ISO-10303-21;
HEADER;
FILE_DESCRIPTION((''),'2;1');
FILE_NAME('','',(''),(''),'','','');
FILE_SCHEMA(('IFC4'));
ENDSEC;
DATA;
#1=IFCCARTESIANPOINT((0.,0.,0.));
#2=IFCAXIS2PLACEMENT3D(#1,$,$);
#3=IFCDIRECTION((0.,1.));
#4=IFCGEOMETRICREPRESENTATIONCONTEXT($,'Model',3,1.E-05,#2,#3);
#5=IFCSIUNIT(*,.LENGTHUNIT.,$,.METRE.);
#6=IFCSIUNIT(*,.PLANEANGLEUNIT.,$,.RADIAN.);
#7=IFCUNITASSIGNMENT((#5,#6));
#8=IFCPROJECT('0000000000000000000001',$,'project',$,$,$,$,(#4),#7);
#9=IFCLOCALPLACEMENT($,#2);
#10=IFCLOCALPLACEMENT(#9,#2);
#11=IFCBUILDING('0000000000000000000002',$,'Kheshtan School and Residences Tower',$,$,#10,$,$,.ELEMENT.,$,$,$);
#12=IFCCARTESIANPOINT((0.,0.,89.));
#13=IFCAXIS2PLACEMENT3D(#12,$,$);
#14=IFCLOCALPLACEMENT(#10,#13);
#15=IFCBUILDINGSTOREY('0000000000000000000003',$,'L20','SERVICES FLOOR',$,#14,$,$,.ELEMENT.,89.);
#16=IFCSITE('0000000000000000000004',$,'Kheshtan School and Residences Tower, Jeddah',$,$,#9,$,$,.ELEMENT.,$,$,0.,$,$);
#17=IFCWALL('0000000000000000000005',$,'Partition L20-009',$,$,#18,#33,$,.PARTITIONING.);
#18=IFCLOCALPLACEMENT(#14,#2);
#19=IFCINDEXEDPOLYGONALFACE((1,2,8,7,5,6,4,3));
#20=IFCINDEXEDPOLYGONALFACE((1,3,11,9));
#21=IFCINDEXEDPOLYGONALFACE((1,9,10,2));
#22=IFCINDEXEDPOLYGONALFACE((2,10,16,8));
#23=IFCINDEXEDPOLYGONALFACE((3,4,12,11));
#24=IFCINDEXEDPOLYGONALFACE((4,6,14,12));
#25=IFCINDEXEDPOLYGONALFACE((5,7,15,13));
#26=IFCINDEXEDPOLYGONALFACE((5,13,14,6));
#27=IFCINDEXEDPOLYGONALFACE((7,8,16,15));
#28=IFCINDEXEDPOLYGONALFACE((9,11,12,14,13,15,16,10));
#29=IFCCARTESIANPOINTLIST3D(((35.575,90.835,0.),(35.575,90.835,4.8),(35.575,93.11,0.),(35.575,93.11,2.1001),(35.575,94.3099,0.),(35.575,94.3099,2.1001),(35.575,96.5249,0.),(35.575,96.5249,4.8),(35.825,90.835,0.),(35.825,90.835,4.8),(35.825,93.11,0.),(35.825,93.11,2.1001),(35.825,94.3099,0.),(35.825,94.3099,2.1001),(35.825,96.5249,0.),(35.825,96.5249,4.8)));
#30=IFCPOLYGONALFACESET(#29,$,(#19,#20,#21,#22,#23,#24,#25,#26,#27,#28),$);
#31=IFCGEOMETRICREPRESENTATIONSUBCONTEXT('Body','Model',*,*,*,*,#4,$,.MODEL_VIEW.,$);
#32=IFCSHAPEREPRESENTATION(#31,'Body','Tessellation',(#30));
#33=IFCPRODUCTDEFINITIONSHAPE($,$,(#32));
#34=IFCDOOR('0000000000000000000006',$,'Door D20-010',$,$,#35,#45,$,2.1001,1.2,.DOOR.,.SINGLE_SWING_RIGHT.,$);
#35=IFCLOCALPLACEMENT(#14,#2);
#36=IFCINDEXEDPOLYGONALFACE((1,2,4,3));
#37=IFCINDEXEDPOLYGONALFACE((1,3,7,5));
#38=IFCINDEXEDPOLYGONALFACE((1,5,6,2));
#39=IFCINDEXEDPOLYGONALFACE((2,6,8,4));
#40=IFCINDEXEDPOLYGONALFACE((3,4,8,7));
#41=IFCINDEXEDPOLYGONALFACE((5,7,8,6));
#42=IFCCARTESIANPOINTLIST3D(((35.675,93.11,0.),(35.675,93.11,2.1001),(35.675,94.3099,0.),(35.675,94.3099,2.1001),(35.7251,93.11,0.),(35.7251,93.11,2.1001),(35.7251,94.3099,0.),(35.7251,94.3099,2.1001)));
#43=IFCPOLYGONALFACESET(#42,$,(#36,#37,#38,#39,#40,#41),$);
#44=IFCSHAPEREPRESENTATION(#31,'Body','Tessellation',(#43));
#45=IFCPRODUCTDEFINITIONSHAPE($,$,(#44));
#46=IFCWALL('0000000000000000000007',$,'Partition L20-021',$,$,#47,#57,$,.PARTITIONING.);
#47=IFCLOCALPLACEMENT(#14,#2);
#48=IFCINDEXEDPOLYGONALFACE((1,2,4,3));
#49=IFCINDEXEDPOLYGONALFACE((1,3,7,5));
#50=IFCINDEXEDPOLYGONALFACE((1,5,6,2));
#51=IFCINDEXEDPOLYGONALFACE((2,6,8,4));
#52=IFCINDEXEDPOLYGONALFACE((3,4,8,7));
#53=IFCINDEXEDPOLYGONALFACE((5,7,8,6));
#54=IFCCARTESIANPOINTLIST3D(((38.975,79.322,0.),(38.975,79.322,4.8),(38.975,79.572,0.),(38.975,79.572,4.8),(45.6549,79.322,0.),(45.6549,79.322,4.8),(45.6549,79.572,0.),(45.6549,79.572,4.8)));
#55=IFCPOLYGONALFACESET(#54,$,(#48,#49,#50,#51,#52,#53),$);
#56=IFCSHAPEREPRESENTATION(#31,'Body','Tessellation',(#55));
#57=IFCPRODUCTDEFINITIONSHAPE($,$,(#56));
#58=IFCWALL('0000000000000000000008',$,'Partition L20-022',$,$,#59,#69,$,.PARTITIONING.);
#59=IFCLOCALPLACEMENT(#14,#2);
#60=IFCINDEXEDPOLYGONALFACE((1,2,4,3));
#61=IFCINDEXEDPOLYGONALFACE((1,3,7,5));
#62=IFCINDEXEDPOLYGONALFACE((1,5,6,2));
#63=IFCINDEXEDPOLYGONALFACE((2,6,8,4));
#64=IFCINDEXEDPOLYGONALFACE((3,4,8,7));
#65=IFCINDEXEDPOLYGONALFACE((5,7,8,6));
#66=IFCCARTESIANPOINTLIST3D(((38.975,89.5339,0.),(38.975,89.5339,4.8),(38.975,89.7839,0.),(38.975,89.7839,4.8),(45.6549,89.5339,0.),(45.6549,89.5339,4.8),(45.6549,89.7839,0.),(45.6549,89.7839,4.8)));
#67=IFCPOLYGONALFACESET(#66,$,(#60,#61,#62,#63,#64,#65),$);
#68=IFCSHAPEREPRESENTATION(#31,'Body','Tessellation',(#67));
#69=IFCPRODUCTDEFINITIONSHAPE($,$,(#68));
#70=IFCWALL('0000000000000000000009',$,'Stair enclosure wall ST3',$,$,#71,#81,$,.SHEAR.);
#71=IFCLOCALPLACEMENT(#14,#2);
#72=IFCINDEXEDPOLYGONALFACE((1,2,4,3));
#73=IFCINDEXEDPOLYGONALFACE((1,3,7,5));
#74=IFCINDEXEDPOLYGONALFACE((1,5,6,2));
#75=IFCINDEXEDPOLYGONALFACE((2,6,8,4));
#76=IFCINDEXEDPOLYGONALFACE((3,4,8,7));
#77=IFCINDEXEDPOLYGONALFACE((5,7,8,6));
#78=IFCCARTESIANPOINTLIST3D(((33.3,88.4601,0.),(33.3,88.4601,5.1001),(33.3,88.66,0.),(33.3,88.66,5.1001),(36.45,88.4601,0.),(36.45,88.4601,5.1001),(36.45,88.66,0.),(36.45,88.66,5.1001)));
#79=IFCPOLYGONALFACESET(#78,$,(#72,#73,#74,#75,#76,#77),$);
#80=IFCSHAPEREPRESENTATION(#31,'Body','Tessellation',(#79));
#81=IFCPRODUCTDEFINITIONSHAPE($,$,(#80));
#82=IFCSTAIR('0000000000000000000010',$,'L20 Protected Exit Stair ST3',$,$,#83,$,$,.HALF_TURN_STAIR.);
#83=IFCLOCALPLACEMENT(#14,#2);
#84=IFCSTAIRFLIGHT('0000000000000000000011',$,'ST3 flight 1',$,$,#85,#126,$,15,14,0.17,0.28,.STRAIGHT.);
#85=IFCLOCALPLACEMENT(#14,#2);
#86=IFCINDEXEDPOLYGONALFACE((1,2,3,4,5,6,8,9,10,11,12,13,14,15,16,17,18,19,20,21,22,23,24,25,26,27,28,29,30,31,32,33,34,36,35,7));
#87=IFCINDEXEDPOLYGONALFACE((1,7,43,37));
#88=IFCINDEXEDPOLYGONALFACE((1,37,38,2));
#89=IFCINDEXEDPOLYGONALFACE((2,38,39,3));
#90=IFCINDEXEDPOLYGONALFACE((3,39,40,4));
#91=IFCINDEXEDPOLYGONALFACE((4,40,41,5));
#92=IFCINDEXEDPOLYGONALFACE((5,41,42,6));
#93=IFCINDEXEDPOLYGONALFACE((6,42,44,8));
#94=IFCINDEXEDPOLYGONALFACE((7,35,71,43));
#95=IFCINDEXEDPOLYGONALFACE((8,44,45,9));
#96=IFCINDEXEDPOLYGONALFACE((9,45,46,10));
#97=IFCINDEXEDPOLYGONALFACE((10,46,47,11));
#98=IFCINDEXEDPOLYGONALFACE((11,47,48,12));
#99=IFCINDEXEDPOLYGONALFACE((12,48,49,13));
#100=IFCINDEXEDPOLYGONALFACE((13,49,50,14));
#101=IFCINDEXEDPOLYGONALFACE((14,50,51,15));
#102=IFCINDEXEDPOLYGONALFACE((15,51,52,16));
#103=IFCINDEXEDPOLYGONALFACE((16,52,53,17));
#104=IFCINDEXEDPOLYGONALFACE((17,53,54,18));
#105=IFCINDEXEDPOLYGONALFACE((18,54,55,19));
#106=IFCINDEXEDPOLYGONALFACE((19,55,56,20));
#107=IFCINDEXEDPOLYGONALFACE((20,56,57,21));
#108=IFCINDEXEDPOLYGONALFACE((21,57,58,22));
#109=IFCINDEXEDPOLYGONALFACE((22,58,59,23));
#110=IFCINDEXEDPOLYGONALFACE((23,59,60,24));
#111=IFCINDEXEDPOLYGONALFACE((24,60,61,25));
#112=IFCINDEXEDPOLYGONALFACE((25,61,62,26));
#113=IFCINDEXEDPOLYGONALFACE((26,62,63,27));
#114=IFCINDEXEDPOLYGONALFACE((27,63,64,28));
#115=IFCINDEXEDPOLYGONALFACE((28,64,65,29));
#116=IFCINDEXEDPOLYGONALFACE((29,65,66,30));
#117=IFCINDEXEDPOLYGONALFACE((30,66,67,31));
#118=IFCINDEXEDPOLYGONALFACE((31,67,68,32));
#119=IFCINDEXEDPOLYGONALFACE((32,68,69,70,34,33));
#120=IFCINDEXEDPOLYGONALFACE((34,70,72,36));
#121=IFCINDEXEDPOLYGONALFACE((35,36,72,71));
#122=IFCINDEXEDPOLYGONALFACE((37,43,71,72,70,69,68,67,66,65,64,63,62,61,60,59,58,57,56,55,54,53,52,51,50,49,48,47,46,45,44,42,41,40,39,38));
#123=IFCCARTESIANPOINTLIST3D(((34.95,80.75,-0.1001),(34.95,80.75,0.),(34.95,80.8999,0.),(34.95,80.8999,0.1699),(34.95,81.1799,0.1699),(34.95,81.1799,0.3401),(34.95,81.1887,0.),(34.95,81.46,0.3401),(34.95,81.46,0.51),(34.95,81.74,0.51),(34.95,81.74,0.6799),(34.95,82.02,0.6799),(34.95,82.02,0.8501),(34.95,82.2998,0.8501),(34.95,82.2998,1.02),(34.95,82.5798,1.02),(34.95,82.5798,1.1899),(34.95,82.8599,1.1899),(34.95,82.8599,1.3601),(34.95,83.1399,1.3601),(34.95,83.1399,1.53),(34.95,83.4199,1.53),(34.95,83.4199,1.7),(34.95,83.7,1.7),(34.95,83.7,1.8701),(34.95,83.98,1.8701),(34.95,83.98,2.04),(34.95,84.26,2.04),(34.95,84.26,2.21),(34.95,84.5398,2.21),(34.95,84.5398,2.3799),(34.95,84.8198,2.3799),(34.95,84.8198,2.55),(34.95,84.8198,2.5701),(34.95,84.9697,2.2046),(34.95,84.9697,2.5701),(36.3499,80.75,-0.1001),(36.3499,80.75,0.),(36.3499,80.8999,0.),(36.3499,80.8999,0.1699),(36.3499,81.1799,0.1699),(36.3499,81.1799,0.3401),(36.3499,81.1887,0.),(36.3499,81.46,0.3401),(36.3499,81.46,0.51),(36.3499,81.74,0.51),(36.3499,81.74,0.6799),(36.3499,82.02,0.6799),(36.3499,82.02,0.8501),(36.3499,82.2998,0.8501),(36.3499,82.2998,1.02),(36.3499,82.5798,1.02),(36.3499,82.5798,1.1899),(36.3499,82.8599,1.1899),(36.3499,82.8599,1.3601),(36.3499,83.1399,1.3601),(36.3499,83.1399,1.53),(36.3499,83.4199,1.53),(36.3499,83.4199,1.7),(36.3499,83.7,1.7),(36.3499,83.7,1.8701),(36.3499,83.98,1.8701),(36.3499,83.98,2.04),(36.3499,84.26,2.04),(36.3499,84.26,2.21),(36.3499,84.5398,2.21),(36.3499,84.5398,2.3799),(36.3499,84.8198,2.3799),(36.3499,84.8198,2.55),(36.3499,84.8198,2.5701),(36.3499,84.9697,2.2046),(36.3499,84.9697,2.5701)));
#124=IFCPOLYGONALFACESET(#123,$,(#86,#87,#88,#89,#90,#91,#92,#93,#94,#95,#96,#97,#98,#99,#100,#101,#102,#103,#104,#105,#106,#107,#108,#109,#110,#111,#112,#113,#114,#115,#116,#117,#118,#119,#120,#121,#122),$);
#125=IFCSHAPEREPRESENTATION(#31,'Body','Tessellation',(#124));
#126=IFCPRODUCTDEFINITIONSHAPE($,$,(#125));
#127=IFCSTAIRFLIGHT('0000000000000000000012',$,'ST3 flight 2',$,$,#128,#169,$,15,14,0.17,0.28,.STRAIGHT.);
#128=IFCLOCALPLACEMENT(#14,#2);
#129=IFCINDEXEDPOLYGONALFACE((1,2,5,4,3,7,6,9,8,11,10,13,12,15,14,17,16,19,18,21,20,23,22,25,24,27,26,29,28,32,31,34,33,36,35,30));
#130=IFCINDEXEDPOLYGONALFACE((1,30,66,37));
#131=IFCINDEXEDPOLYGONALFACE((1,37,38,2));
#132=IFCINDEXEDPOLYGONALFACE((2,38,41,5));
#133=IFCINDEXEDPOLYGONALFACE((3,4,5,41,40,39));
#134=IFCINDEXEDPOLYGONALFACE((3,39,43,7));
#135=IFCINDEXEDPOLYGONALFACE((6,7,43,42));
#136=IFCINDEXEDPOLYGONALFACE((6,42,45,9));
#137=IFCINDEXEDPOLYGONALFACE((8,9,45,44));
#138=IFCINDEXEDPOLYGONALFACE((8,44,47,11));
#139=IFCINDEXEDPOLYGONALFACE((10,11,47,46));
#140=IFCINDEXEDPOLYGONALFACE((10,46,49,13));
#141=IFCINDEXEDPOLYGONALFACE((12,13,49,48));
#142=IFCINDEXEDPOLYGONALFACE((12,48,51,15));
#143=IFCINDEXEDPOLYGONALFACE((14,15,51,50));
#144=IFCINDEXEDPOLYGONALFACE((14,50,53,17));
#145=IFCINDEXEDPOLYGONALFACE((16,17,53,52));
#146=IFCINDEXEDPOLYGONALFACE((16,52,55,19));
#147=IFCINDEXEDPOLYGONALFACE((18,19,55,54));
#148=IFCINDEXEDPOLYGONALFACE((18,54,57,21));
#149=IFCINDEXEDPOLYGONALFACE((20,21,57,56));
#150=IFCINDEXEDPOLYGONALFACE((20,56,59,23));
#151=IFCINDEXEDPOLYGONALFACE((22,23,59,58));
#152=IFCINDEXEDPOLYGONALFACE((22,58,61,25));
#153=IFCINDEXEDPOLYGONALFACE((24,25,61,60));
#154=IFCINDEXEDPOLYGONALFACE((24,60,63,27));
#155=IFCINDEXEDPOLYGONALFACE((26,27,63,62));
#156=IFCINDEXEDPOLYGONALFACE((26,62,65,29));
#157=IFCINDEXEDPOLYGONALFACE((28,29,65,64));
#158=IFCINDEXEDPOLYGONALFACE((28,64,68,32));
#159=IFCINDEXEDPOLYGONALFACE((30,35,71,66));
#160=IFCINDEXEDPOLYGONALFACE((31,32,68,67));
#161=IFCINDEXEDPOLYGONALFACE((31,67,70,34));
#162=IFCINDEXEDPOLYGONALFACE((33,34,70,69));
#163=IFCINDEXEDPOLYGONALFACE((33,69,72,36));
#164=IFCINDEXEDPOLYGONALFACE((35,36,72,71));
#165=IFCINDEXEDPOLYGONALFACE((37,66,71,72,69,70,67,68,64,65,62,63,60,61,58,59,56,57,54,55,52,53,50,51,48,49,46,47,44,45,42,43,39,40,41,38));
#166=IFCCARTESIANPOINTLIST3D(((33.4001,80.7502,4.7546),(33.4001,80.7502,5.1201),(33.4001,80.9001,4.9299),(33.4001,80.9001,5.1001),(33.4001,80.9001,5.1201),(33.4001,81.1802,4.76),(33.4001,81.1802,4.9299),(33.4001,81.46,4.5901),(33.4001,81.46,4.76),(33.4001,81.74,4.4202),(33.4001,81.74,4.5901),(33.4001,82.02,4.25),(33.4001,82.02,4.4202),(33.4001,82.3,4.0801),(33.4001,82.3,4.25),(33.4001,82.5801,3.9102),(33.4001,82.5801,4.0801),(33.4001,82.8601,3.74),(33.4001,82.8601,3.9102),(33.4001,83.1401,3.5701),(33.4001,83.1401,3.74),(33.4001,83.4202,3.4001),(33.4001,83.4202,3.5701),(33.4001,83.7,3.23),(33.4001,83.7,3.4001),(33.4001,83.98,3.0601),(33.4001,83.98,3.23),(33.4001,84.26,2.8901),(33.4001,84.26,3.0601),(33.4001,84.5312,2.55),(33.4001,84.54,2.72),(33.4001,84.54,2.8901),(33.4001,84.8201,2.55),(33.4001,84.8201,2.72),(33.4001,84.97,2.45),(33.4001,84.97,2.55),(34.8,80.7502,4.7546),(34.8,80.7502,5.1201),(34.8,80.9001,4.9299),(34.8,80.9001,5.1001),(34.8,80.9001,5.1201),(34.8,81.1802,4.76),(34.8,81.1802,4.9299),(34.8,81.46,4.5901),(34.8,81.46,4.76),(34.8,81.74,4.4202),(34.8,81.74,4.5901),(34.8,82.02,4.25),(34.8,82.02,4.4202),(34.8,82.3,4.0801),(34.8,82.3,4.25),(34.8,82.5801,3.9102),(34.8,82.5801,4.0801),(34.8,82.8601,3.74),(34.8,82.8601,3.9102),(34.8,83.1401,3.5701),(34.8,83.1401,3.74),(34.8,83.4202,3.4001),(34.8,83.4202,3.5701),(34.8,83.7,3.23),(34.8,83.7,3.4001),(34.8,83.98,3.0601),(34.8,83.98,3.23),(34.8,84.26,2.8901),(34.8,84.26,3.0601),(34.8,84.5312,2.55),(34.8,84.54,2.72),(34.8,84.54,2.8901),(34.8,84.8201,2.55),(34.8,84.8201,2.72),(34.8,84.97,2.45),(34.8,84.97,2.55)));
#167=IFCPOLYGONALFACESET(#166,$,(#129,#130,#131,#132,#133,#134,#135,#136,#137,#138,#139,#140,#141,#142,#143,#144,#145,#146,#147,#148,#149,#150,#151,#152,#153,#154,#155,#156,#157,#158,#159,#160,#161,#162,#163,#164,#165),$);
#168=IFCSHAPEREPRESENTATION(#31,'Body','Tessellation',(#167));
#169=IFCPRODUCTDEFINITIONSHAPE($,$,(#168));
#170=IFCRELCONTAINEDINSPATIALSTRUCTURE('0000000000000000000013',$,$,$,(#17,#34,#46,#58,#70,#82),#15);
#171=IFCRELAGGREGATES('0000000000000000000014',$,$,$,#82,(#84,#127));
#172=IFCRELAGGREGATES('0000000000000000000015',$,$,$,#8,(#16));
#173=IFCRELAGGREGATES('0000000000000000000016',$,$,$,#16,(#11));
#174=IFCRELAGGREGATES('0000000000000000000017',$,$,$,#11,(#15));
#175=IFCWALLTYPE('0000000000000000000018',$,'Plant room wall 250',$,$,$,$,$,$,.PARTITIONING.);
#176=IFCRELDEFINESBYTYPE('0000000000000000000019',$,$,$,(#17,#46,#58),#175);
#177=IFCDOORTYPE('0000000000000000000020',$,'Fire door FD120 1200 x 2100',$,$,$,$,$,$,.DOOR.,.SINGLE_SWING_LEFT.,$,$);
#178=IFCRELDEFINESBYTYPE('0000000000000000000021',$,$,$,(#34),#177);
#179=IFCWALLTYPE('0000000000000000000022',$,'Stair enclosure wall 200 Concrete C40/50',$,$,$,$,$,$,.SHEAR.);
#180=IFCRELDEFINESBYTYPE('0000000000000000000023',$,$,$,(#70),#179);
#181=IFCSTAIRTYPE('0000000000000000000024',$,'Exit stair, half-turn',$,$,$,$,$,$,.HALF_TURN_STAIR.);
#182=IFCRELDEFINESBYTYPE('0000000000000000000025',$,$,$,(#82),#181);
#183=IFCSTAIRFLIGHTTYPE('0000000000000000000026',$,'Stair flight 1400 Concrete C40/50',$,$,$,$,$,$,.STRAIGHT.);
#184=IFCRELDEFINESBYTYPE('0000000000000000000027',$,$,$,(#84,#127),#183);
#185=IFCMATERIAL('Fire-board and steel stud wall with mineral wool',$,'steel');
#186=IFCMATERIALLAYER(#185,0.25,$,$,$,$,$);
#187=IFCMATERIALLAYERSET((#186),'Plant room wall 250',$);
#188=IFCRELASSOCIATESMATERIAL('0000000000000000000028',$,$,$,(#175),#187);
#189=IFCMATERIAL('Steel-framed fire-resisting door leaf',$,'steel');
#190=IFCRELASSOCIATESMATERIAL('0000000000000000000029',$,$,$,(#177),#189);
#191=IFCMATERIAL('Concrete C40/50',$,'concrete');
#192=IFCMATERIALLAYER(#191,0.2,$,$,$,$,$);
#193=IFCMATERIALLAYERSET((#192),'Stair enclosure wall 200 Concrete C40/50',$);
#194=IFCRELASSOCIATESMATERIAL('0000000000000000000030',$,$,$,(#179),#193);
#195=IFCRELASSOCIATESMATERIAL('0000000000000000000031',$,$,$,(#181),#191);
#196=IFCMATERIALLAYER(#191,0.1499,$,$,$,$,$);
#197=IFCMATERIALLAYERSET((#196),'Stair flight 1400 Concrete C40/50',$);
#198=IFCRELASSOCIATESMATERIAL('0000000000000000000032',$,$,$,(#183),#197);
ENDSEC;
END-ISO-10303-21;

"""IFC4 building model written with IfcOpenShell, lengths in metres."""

from ifc_helpers import new_model, si_unit, direction, frame, frame_2d, origin, place, context, subcontext, project, spatial, polyline, rectangle, outline, extrude, source, transform, mapped, material, layer, layer_set, type_object, element, fill, aggregate, save


model = new_model("IFC4")

# Units and contexts
model_context = context("Model", 3, precision=1e-05, world=origin(), true_north=direction((0.0, 1.0)))
body_context = subcontext(model_context, "Body", "Model", "MODEL_VIEW")
ifc_project = project(units=[si_unit("LENGTHUNIT", "METRE"), si_unit("PLANEANGLEUNIT", "RADIAN")], contexts=[model_context])

# Site, building, storey
site_placement = place(None, origin())
site = spatial("IfcSite", under=ifc_project, at=site_placement, Name="Kheshtan School and Residences Tower, Jeddah", CompositionType="ELEMENT", RefElevation=0.0)
building_placement = place(site_placement, origin())
building = spatial("IfcBuilding", under=site, at=building_placement, Name="Kheshtan School and Residences Tower", CompositionType="ELEMENT")
storey_placement = place(building_placement, frame((0.0, 0.0, 89.0)))
storey = spatial("IfcBuildingStorey", under=building, at=storey_placement, Name="L20", Description="SERVICES FLOOR", CompositionType="ELEMENT", Elevation=89.0)

# Wall, opening, door
ifc_material_1 = material(Name="Fire-board and steel stud wall with mineral wool", Category="steel")
ifc_layer_1 = layer(ifc_material_1, 0.25)
ifc_layer_set_1 = layer_set([ifc_layer_1], Name="Plant room wall 250")
wall_type_1 = type_object("IfcWallType", Name="Plant room wall 250", PredefinedType="PARTITIONING", material=ifc_layer_set_1)
wall_1_placement = place(storey_placement, frame((35.7, 90.835, 0.0), z_axis=(0.0, 0.0, 1.0), x_axis=(0.0, 1.0, 0.0)))
wall_1 = element("IfcWall", 1, at=wall_1_placement, inside=storey, type_object=wall_type_1, Name="Partition L20-009", PredefinedType="PARTITIONING", context=body_context, shape_type="SweptSolid", body=[
    extrude(rectangle(XDim=5.6899, YDim=0.25, at=frame_2d((2.845, 0.0))), origin(), (0.0, 0.0, 1.0), 4.8),
])
opening_placement = place(wall_1_placement, frame((2.2749, 0.0, 0.0)))
opening = element("IfcOpeningElement", 2, at=opening_placement, cuts=wall_1, PredefinedType="OPENING", context=body_context, shape_type="SweptSolid", body=[
    extrude(rectangle(XDim=1.2, YDim=2.1001, at=frame_2d((0.6001, 1.05))), frame((0.0, 0.135, 0.0), z_axis=(0.0, -1.0, 0.0), x_axis=(1.0, 0.0, 0.0)), (0.0, 0.0, 1.0), 0.27),
])
ifc_material_2 = material(Name="Steel-framed fire-resisting door leaf", Category="steel")
door_type = type_object("IfcDoorType", Name="Fire door FD120 1200 x 2100", OperationType="SINGLE_SWING_LEFT", PredefinedType="DOOR", material=ifc_material_2)
shared_shape = source(origin(), body_context, "Body", "SweptSolid", [
    extrude(rectangle(XDim=1.2, YDim=2.1001, at=frame_2d((0.6001, 1.05))), frame((0.0, 0.0249, 0.0), z_axis=(0.0, -1.0, 0.0), x_axis=(1.0, 0.0, 0.0)), (0.0, 0.0, 1.0), 0.05),
])
door_placement = place(opening_placement, origin())
door = element("IfcDoor", 3, at=door_placement, inside=storey, type_object=door_type, Name="Door D20-010", OperationType="SINGLE_SWING_RIGHT", OverallHeight=2.1001, OverallWidth=1.2, PredefinedType="DOOR", context=body_context, shape_type="MappedRepresentation", body=[
    mapped(shared_shape, transform((0.0, 0.0, 0.0), x_axis=(1.0, 0.0, 0.0), y_axis=(0.0, 1.0, 0.0), z_axis=(0.0, 0.0, 1.0), scale=1.0)),
])
fill(opening, door)

# Walls
for number, where, z_axis, x_axis, name in (
    (4, (38.9751, 79.447, 0.0), (0.0, 0.0, 1.0), (1.0, 0.0, 0.0), "Partition L20-021"),
    (5, (38.9751, 89.6589, 0.0), (0.0, 0.0, 1.0), (1.0, 0.0, 0.0), "Partition L20-022"),
):
    element("IfcWall", number, at=place(storey_placement, frame(where, z_axis=z_axis, x_axis=x_axis)), inside=storey, type_object=wall_type_1, Name=name, PredefinedType="PARTITIONING", context=body_context, shape_type="SweptSolid", body=[
        extrude(rectangle(XDim=6.6799, YDim=0.25, at=frame_2d((3.3398, 0.0))), origin(), (0.0, 0.0, 1.0), 4.8),
    ])
ifc_material_3 = material(Name="Concrete C40/50", Category="concrete")
ifc_layer_2 = layer(ifc_material_3, 0.2)
ifc_layer_set_2 = layer_set([ifc_layer_2], Name="Stair enclosure wall 200 Concrete C40/50")
wall_type_2 = type_object("IfcWallType", Name="Stair enclosure wall 200 Concrete C40/50", PredefinedType="SHEAR", material=ifc_layer_set_2)
wall_2_placement = place(storey_placement, frame((33.3, 88.5601, 0.0), z_axis=(0.0, 0.0, 1.0), x_axis=(1.0, 0.0, 0.0)))
element("IfcWall", 6, at=wall_2_placement, inside=storey, type_object=wall_type_2, Name="Stair enclosure wall ST3", PredefinedType="SHEAR", context=body_context, shape_type="SweptSolid", body=[
    extrude(rectangle(XDim=3.1499, YDim=0.2, at=frame_2d((1.575, 0.0))), origin(), (0.0, 0.0, 1.0), 5.1001),
])

# Stair, stair flights
stair_type = type_object("IfcStairType", Name="Exit stair, half-turn", PredefinedType="HALF_TURN_STAIR", material=ifc_material_3)
stair_placement = place(storey_placement, origin())
stair = element("IfcStair", 7, at=stair_placement, inside=storey, type_object=stair_type, Name="L20 Protected Exit Stair ST3", PredefinedType="HALF_TURN_STAIR")
ifc_layer_3 = layer(ifc_material_3, 0.1499)
ifc_layer_set_3 = layer_set([ifc_layer_3], Name="Stair flight 1400 Concrete C40/50")
stair_flight_type = type_object("IfcStairFlightType", Name="Stair flight 1400 Concrete C40/50", PredefinedType="STRAIGHT", material=ifc_layer_set_3)
stair_flight_1_placement = place(storey_placement, frame((35.6499, 80.8999, 0.0), z_axis=(0.0, 0.0, 1.0), x_axis=(0.0, 1.0, 0.0)))
stair_flight_1 = element("IfcStairFlight", 8, at=stair_flight_1_placement, type_object=stair_flight_type, Name="ST3 flight 1", NumberOfRisers=15, NumberOfTreads=14, PredefinedType="STRAIGHT", RiserHeight=0.17, TreadLength=0.28, context=body_context, shape_type="SweptSolid", body=[
    extrude(outline(polyline([(-0.1499, -0.1001), (-0.1499, 0.0), (0.0, 0.0), (0.0, 0.1699), (0.28, 0.1699), (0.28, 0.3401), (0.5601, 0.3401), (0.5601, 0.51), (0.8401, 0.51), (0.8401, 0.6799), (1.1201, 0.6799), (1.1201, 0.8501), (1.3999, 0.8501), (1.3999, 1.02), (1.6799, 1.02), (1.6799, 1.1899), (1.96, 1.1899), (1.96, 1.3601), (2.24, 1.3601), (2.24, 1.53), (2.52, 1.53), (2.52, 1.7), (2.8, 1.7), (2.8, 1.8701), (3.0801, 1.8701), (3.0801, 2.04), (3.3601, 2.04), (3.3601, 2.21), (3.6399, 2.21), (3.6399, 2.3799), (3.9199, 2.3799), (3.9199, 2.55), (3.9199, 2.5701), (4.0698, 2.5701), (4.0698, 2.2046), (0.2888, 0.0), (-0.1499, -0.1001)])), frame((0.0, 0.7, 0.0), z_axis=(0.0, -1.0, 0.0), x_axis=(1.0, 0.0, 0.0)), (0.0, 0.0, 1.0), 1.3999),
])
stair_flight_2_placement = place(storey_placement, frame((34.1001, 84.8201, 2.55), z_axis=(0.0, 0.0, 1.0), x_axis=(0.0, -1.0, 0.0)))
stair_flight_2 = element("IfcStairFlight", 9, at=stair_flight_2_placement, type_object=stair_flight_type, Name="ST3 flight 2", NumberOfRisers=15, NumberOfTreads=14, PredefinedType="STRAIGHT", RiserHeight=0.17, TreadLength=0.28, context=body_context, shape_type="SweptSolid", body=[
    extrude(outline(polyline([(-0.1499, -0.1001), (-0.1499, 0.0), (0.0, 0.0), (0.0, 0.1699), (0.28, 0.1699), (0.28, 0.3401), (0.5601, 0.3401), (0.5601, 0.51), (0.8401, 0.51), (0.8401, 0.6799), (1.1201, 0.6799), (1.1201, 0.8501), (1.3999, 0.8501), (1.3999, 1.02), (1.6799, 1.02), (1.6799, 1.1899), (1.96, 1.1899), (1.96, 1.3601), (2.24, 1.3601), (2.24, 1.53), (2.52, 1.53), (2.52, 1.7), (2.8, 1.7), (2.8, 1.8701), (3.0801, 1.8701), (3.0801, 2.04), (3.3601, 2.04), (3.3601, 2.21), (3.6399, 2.21), (3.6399, 2.3799), (3.9199, 2.3799), (3.9199, 2.55), (3.9199, 2.5701), (4.0698, 2.5701), (4.0698, 2.2046), (0.2888, 0.0), (-0.1499, -0.1001)])), frame((0.0, 0.7, 0.0), z_axis=(0.0, -1.0, 0.0), x_axis=(1.0, 0.0, 0.0)), (0.0, 0.0, 1.0), 1.3999),
])
aggregate(stair, [stair_flight_1, stair_flight_2])

save(model, "model.ifc")
